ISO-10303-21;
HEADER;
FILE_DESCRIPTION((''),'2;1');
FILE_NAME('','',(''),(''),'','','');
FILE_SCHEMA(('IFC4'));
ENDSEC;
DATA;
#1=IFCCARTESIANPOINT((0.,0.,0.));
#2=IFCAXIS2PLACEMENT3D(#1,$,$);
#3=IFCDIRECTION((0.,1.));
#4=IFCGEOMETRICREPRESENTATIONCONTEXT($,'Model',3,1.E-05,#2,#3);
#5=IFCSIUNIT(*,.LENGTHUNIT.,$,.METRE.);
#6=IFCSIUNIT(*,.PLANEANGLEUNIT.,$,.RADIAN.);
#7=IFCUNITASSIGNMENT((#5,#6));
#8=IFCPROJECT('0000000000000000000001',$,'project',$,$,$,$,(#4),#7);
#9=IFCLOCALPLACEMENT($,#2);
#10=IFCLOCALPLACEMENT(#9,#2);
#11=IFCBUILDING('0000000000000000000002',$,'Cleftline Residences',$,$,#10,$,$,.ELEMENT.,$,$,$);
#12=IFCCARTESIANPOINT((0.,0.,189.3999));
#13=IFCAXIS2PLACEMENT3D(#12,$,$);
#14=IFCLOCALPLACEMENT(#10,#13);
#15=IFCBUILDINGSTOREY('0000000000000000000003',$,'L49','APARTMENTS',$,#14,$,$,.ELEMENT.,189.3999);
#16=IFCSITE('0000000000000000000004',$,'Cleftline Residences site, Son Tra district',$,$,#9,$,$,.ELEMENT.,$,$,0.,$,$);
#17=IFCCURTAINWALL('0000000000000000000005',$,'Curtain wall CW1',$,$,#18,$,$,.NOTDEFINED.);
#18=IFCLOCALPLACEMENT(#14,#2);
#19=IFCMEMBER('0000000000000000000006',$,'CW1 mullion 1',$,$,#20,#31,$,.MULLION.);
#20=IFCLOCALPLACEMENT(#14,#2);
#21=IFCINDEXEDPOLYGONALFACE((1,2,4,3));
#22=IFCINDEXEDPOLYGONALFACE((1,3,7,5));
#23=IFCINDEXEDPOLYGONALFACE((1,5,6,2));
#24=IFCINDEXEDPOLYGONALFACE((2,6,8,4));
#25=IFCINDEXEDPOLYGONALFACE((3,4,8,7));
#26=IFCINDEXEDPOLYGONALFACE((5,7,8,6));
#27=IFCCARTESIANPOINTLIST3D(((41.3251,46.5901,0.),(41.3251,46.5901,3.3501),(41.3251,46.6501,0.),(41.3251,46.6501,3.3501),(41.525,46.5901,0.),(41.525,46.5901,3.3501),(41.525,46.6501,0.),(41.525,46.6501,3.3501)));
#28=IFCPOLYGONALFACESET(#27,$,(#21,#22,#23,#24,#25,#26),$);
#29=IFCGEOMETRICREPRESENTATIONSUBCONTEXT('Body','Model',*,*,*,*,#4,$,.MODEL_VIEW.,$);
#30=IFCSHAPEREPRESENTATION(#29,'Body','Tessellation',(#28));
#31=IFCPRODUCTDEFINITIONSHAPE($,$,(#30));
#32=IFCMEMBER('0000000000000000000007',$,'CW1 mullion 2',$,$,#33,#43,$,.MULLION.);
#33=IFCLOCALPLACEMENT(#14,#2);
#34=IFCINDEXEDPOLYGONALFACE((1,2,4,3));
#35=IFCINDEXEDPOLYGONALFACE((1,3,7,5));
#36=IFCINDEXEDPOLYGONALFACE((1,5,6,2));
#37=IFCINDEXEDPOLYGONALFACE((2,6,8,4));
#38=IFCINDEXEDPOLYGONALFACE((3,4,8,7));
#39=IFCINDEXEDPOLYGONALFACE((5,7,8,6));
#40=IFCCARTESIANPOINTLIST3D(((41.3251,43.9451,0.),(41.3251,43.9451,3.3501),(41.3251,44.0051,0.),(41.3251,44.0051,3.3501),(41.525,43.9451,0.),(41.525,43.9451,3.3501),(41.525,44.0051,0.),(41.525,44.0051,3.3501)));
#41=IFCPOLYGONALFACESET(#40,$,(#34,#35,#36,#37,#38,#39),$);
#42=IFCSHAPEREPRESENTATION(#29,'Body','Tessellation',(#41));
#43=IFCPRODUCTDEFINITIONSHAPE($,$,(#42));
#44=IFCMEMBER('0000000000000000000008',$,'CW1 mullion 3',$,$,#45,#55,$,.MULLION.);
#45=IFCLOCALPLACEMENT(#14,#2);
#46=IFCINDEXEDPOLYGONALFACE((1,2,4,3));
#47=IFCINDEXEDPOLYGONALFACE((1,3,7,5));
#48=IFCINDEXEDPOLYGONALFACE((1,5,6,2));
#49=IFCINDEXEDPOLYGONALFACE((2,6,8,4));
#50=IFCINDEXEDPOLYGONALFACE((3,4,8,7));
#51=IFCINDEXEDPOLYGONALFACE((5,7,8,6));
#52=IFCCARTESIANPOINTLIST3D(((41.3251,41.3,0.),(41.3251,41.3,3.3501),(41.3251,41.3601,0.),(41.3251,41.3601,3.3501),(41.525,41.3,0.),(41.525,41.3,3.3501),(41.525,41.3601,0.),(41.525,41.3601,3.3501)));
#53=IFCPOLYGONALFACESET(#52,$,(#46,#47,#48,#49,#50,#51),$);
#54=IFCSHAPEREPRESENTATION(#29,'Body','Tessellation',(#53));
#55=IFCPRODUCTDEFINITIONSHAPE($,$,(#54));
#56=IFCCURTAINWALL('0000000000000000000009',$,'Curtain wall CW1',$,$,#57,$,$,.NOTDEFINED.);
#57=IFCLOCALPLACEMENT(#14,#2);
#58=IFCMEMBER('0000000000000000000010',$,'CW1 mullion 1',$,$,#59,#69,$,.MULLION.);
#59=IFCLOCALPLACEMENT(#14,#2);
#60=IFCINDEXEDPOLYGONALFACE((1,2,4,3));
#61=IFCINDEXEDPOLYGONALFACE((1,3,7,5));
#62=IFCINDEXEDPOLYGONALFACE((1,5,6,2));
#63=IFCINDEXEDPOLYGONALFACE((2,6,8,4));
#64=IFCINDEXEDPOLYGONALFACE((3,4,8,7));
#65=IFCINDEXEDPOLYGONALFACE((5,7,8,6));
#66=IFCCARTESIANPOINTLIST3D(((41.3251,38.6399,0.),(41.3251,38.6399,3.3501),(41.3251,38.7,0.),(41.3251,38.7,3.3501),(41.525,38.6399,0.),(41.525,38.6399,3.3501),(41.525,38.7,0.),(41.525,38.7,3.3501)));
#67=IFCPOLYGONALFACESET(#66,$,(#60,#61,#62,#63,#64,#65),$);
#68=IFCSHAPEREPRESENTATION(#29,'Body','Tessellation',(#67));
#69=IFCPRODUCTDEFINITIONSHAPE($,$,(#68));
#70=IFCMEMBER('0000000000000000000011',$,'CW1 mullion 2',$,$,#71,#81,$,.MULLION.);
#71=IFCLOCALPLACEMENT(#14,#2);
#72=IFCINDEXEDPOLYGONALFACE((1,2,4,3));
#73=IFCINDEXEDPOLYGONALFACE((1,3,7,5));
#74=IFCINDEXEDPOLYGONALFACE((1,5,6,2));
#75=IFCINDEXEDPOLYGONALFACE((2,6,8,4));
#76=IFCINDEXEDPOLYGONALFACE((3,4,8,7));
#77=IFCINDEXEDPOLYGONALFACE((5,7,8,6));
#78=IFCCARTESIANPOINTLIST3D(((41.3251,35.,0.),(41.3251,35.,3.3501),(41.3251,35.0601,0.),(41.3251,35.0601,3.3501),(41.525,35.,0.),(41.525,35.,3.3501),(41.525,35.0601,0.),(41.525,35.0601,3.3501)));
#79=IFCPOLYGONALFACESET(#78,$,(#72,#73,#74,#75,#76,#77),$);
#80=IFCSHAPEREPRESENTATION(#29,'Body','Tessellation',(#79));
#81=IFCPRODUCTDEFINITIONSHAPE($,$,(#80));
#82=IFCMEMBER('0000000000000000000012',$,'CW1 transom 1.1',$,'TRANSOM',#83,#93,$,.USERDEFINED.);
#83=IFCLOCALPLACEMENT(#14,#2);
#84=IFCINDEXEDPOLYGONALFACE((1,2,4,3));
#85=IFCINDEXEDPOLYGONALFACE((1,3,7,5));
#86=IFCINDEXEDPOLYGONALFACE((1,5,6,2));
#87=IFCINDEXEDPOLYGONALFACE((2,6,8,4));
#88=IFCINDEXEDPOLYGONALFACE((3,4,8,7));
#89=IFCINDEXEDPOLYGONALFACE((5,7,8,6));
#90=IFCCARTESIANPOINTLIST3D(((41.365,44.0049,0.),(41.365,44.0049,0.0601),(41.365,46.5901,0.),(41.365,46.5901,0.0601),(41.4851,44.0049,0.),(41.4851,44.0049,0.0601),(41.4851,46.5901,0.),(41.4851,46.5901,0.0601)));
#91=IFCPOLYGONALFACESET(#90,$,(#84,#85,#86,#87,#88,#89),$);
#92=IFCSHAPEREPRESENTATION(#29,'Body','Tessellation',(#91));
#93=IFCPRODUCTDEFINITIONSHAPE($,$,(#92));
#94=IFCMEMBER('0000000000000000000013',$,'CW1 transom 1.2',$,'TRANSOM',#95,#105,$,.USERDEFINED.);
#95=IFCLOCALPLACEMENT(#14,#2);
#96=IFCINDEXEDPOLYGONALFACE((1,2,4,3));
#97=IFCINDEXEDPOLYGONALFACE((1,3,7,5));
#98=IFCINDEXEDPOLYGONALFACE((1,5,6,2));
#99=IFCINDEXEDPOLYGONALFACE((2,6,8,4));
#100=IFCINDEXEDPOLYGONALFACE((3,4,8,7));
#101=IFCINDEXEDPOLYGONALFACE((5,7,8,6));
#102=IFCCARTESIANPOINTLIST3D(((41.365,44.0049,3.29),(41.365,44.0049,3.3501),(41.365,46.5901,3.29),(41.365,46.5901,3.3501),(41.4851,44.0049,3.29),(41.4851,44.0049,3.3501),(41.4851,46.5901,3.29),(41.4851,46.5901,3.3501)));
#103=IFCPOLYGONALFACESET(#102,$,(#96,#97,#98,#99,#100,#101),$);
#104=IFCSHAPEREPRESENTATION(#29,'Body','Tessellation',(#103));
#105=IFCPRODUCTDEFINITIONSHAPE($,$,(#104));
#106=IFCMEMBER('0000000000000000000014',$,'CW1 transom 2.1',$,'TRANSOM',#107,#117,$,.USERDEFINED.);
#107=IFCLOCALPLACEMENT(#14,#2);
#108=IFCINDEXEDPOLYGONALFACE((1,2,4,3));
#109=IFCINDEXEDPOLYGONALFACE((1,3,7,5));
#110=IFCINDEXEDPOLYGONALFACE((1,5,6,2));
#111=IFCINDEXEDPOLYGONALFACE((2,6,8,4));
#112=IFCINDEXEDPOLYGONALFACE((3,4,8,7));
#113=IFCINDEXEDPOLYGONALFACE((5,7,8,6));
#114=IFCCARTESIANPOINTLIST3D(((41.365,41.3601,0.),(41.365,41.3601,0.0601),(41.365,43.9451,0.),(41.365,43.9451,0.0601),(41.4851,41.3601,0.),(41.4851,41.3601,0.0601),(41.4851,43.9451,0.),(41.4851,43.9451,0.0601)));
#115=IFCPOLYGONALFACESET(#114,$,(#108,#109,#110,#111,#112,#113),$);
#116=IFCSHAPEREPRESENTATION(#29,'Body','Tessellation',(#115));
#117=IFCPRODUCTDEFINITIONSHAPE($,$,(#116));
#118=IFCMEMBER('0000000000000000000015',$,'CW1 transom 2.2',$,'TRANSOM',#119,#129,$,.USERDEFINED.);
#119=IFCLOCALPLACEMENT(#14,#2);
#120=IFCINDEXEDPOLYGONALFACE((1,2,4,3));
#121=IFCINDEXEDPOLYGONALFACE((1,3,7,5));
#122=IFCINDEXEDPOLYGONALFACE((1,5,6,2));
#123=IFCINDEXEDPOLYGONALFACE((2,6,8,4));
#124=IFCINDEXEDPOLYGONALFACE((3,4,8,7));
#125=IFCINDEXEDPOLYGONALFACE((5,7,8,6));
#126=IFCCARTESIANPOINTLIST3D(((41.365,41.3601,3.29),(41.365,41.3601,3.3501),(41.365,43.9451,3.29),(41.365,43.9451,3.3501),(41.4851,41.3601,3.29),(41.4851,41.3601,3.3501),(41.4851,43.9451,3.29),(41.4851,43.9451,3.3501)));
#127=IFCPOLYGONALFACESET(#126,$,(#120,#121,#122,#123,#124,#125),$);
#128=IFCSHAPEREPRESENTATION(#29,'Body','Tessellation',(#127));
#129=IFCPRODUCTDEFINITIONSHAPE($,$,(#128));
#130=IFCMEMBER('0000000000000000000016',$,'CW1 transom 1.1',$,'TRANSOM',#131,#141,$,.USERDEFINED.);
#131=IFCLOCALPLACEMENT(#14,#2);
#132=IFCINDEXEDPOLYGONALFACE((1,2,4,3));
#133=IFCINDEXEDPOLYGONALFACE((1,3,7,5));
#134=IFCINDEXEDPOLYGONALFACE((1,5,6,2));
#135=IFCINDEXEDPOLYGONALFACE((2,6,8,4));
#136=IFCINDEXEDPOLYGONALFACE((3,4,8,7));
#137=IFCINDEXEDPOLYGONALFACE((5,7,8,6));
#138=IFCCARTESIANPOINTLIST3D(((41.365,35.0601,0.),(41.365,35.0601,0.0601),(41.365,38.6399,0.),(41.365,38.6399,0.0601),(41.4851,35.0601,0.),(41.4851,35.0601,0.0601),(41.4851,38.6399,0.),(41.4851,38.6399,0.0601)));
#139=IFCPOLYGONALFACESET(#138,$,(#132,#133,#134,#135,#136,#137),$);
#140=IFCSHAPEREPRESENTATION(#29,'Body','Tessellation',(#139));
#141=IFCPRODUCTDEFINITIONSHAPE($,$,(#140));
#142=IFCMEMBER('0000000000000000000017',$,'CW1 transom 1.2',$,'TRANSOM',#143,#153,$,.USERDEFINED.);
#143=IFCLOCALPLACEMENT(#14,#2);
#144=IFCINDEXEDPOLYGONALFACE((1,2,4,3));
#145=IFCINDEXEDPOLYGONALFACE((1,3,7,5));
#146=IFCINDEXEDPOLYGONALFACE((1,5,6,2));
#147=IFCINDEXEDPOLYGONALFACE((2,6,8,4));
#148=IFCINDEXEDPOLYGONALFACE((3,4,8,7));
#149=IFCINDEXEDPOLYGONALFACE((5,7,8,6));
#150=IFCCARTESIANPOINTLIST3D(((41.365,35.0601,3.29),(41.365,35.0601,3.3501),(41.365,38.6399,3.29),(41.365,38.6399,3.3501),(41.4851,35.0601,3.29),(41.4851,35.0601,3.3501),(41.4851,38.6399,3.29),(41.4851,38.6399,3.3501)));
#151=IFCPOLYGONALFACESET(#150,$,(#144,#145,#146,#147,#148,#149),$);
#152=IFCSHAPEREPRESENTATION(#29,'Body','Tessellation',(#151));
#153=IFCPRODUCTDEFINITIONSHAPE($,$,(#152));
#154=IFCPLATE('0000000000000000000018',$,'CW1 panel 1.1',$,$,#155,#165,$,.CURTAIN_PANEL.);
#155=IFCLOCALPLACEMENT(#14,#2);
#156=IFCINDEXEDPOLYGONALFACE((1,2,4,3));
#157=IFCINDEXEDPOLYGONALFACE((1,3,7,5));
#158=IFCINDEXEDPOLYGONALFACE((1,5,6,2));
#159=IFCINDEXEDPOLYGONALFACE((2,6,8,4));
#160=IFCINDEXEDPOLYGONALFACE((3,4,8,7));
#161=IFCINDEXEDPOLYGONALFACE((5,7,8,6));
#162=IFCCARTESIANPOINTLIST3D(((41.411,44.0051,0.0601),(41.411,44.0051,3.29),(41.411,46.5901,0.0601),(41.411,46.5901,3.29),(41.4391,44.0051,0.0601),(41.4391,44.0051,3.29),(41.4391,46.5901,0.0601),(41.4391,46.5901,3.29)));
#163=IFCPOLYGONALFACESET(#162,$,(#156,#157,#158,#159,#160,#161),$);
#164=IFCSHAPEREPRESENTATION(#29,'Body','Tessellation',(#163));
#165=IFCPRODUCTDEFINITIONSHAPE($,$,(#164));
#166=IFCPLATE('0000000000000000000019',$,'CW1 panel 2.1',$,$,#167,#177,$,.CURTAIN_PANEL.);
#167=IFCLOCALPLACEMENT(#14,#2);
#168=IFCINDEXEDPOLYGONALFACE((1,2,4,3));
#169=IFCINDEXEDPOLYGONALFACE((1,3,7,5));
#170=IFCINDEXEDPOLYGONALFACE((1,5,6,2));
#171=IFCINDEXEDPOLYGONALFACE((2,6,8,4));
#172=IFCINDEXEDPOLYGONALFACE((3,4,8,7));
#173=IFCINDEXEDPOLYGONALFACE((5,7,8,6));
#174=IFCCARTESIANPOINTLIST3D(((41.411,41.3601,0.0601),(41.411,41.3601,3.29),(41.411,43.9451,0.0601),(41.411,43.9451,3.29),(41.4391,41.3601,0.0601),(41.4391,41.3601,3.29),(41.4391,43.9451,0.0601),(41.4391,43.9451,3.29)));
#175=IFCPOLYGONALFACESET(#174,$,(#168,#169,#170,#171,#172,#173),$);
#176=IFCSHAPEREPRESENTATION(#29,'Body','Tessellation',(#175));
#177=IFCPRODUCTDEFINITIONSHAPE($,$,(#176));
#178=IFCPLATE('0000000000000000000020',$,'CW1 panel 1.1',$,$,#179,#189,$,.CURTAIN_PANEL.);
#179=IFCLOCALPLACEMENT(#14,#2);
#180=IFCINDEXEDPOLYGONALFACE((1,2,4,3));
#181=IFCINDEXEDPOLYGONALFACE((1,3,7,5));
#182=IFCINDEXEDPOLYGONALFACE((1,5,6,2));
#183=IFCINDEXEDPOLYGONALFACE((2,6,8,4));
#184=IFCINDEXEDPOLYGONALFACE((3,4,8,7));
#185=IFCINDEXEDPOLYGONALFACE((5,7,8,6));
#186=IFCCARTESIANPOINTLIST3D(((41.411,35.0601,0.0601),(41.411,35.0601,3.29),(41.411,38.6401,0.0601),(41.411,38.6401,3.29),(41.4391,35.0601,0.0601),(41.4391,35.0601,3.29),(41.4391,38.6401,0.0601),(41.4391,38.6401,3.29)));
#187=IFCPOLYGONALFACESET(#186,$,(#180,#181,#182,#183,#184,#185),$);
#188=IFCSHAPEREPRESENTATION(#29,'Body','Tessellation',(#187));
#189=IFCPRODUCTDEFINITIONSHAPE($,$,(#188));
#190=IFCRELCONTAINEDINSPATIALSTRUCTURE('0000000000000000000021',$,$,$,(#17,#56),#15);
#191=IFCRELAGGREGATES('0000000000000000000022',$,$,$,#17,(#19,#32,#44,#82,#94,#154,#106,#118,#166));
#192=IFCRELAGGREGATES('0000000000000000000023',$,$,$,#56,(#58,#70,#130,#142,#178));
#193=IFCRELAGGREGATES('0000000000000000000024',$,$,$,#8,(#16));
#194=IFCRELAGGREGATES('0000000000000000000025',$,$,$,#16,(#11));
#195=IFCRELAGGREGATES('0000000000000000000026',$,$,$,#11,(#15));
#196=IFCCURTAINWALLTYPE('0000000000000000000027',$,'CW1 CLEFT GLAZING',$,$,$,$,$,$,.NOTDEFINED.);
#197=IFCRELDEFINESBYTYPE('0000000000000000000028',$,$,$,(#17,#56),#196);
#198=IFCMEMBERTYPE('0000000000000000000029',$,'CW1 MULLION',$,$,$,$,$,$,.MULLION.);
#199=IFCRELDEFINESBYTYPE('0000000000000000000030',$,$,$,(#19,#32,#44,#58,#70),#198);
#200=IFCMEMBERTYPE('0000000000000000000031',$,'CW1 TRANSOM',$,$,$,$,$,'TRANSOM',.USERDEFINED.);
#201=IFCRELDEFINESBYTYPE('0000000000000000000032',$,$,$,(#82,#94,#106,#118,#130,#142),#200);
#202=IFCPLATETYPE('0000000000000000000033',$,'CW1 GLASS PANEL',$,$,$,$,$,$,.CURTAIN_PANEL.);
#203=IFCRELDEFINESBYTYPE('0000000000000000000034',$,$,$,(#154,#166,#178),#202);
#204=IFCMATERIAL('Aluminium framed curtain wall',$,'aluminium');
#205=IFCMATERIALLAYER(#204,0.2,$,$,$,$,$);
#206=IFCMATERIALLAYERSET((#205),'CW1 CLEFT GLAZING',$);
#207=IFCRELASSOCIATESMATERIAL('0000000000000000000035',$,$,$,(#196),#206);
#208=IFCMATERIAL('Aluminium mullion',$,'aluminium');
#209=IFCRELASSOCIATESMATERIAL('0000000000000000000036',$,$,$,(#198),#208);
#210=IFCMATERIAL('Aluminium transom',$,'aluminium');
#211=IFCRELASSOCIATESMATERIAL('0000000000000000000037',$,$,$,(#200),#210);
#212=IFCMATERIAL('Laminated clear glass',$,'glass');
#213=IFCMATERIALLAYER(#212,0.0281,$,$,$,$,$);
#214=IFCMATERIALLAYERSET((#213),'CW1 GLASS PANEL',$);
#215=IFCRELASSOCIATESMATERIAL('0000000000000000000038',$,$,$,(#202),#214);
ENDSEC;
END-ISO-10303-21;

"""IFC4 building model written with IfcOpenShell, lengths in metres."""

from ifc_helpers import new_model, si_unit, direction, frame, origin, origin_2d, place, context, subcontext, project, spatial, rectangle, extrude, material, layer, layer_set, material_profile, profile_set, type_object, element, aggregate, save


model = new_model("IFC4")

# Units and contexts
model_context = context("Model", 3, precision=1e-05, world=origin(), true_north=direction((0.0, 1.0)))
body_context = subcontext(model_context, "Body", "Model", "MODEL_VIEW")
ifc_project = project(units=[si_unit("LENGTHUNIT", "METRE"), si_unit("PLANEANGLEUNIT", "RADIAN")], contexts=[model_context])

# Site, building, storey
site_placement = place(None, origin())
site = spatial("IfcSite", under=ifc_project, at=site_placement, Name="Cleftline Residences site, Son Tra district", CompositionType="ELEMENT", RefElevation=0.0)
building_placement = place(site_placement, origin())
building = spatial("IfcBuilding", under=site, at=building_placement, Name="Cleftline Residences", CompositionType="ELEMENT")
storey_placement = place(building_placement, frame((0.0, 0.0, 189.3999)))
storey = spatial("IfcBuildingStorey", under=building, at=storey_placement, Name="L49", Description="APARTMENTS", CompositionType="ELEMENT", Elevation=189.3999)

# Curtain walls, members
ifc_material_1 = material(Name="Aluminium framed curtain wall", Category="aluminium")
ifc_layer_1 = layer(ifc_material_1, 0.2)
ifc_layer_set_1 = layer_set([ifc_layer_1], Name="CW1 CLEFT GLAZING")
curtain_wall_type = type_object("IfcCurtainWallType", Name="CW1 CLEFT GLAZING", PredefinedType="NOTDEFINED", material=ifc_layer_set_1)
curtain_wall_1_placement = place(storey_placement, origin())
curtain_wall_1 = element("IfcCurtainWall", 1, at=curtain_wall_1_placement, inside=storey, type_object=curtain_wall_type, Name="Curtain wall CW1", PredefinedType="NOTDEFINED")
ifc_material_2 = material(Name="Aluminium mullion", Category="aluminium")
ifc_material_profile_1 = material_profile(ifc_material_2, rectangle(XDim=0.2, YDim=0.0601, at=origin_2d()))
ifc_profile_set_1 = profile_set([ifc_material_profile_1], Name="Aluminium mullion")
member_type_1 = type_object("IfcMemberType", Name="CW1 MULLION", PredefinedType="MULLION", material=ifc_profile_set_1)
member_1_placement = place(storey_placement, frame((41.425, 46.6201, 0.0), z_axis=(0.0, 0.0, 1.0), x_axis=(1.0, 0.0, 0.0)))
member_1 = element("IfcMember", 2, at=member_1_placement, type_object=member_type_1, Name="CW1 mullion 1", PredefinedType="MULLION", context=body_context, shape_type="SweptSolid", body=[
    extrude(rectangle(XDim=0.2, YDim=0.0601, at=origin_2d()), origin(), (0.0, 0.0, 1.0), 3.3501),
])
member_2_placement = place(storey_placement, frame((41.425, 43.9751, 0.0), z_axis=(0.0, 0.0, 1.0), x_axis=(1.0, 0.0, 0.0)))
member_2 = element("IfcMember", 3, at=member_2_placement, type_object=member_type_1, Name="CW1 mullion 2", PredefinedType="MULLION", context=body_context, shape_type="SweptSolid", body=[
    extrude(rectangle(XDim=0.2, YDim=0.0601, at=origin_2d()), origin(), (0.0, 0.0, 1.0), 3.3501),
])
member_3_placement = place(storey_placement, frame((41.425, 41.3301, 0.0), z_axis=(0.0, 0.0, 1.0), x_axis=(1.0, 0.0, 0.0)))
member_3 = element("IfcMember", 4, at=member_3_placement, type_object=member_type_1, Name="CW1 mullion 3", PredefinedType="MULLION", context=body_context, shape_type="SweptSolid", body=[
    extrude(rectangle(XDim=0.2, YDim=0.0601, at=origin_2d()), origin(), (0.0, 0.0, 1.0), 3.3501),
])
curtain_wall_2_placement = place(storey_placement, origin())
curtain_wall_2 = element("IfcCurtainWall", 5, at=curtain_wall_2_placement, inside=storey, type_object=curtain_wall_type, Name="Curtain wall CW1", PredefinedType="NOTDEFINED")
member_4_placement = place(storey_placement, frame((41.425, 38.6699, 0.0), z_axis=(0.0, 0.0, 1.0), x_axis=(1.0, 0.0, 0.0)))
member_4 = element("IfcMember", 6, at=member_4_placement, type_object=member_type_1, Name="CW1 mullion 1", PredefinedType="MULLION", context=body_context, shape_type="SweptSolid", body=[
    extrude(rectangle(XDim=0.2, YDim=0.0601, at=origin_2d()), origin(), (0.0, 0.0, 1.0), 3.3501),
])
member_5_placement = place(storey_placement, frame((41.425, 35.03, 0.0), z_axis=(0.0, 0.0, 1.0), x_axis=(1.0, 0.0, 0.0)))
member_5 = element("IfcMember", 7, at=member_5_placement, type_object=member_type_1, Name="CW1 mullion 2", PredefinedType="MULLION", context=body_context, shape_type="SweptSolid", body=[
    extrude(rectangle(XDim=0.2, YDim=0.0601, at=origin_2d()), origin(), (0.0, 0.0, 1.0), 3.3501),
])

# Members
ifc_material_3 = material(Name="Aluminium transom", Category="aluminium")
ifc_material_profile_2 = material_profile(ifc_material_3, rectangle(XDim=0.1201, YDim=0.0601, at=origin_2d()))
ifc_profile_set_2 = profile_set([ifc_material_profile_2], Name="Aluminium transom")
member_type_2 = type_object("IfcMemberType", Name="CW1 TRANSOM", ElementType="TRANSOM", PredefinedType="USERDEFINED", material=ifc_profile_set_2)
member_6_placement = place(storey_placement, frame((41.425, 46.5901, 0.03), z_axis=(0.0, -1.0, 0.0), x_axis=(1.0, 0.0, 0.0)))
member_6 = element("IfcMember", 8, at=member_6_placement, type_object=member_type_2, Name="CW1 transom 1.1", ObjectType="TRANSOM", PredefinedType="USERDEFINED", context=body_context, shape_type="SweptSolid", body=[
    extrude(rectangle(XDim=0.1201, YDim=0.0601, at=origin_2d()), origin(), (0.0, 0.0, 1.0), 2.5852),
])
member_7_placement = place(storey_placement, frame((41.425, 46.5901, 3.3201), z_axis=(0.0, -1.0, 0.0), x_axis=(1.0, 0.0, 0.0)))
member_7 = element("IfcMember", 9, at=member_7_placement, type_object=member_type_2, Name="CW1 transom 1.2", ObjectType="TRANSOM", PredefinedType="USERDEFINED", context=body_context, shape_type="SweptSolid", body=[
    extrude(rectangle(XDim=0.1201, YDim=0.0601, at=origin_2d()), origin(), (0.0, 0.0, 1.0), 2.5852),
])
member_8_placement = place(storey_placement, frame((41.425, 43.9451, 0.03), z_axis=(0.0, -1.0, 0.0), x_axis=(1.0, 0.0, 0.0)))
member_8 = element("IfcMember", 10, at=member_8_placement, type_object=member_type_2, Name="CW1 transom 2.1", ObjectType="TRANSOM", PredefinedType="USERDEFINED", context=body_context, shape_type="SweptSolid", body=[
    extrude(rectangle(XDim=0.1201, YDim=0.0601, at=origin_2d()), origin(), (0.0, 0.0, 1.0), 2.585),
])
member_9_placement = place(storey_placement, frame((41.425, 43.9451, 3.3201), z_axis=(0.0, -1.0, 0.0), x_axis=(1.0, 0.0, 0.0)))
member_9 = element("IfcMember", 11, at=member_9_placement, type_object=member_type_2, Name="CW1 transom 2.2", ObjectType="TRANSOM", PredefinedType="USERDEFINED", context=body_context, shape_type="SweptSolid", body=[
    extrude(rectangle(XDim=0.1201, YDim=0.0601, at=origin_2d()), origin(), (0.0, 0.0, 1.0), 2.585),
])
member_10_placement = place(storey_placement, frame((41.425, 38.6399, 0.03), z_axis=(0.0, -1.0, 0.0), x_axis=(1.0, 0.0, 0.0)))
member_10 = element("IfcMember", 12, at=member_10_placement, type_object=member_type_2, Name="CW1 transom 1.1", ObjectType="TRANSOM", PredefinedType="USERDEFINED", context=body_context, shape_type="SweptSolid", body=[
    extrude(rectangle(XDim=0.1201, YDim=0.0601, at=origin_2d()), origin(), (0.0, 0.0, 1.0), 3.5798),
])
member_11_placement = place(storey_placement, frame((41.425, 38.6399, 3.3201), z_axis=(0.0, -1.0, 0.0), x_axis=(1.0, 0.0, 0.0)))
member_11 = element("IfcMember", 13, at=member_11_placement, type_object=member_type_2, Name="CW1 transom 1.2", ObjectType="TRANSOM", PredefinedType="USERDEFINED", context=body_context, shape_type="SweptSolid", body=[
    extrude(rectangle(XDim=0.1201, YDim=0.0601, at=origin_2d()), origin(), (0.0, 0.0, 1.0), 3.5798),
])

# Plates
ifc_material_4 = material(Name="Laminated clear glass", Category="glass")
ifc_layer_2 = layer(ifc_material_4, 0.0281)
ifc_layer_set_2 = layer_set([ifc_layer_2], Name="CW1 GLASS PANEL")
plate_type = type_object("IfcPlateType", Name="CW1 GLASS PANEL", PredefinedType="CURTAIN_PANEL", material=ifc_layer_set_2)
plate_1_placement = place(storey_placement, frame((41.425, 45.2976, 0.0601), z_axis=(0.0, 0.0, 1.0), x_axis=(0.0, -1.0, 0.0)))
plate_1 = element("IfcPlate", 14, at=plate_1_placement, type_object=plate_type, Name="CW1 panel 1.1", PredefinedType="CURTAIN_PANEL", context=body_context, shape_type="SweptSolid", body=[
    extrude(rectangle(XDim=2.585, YDim=0.0281, at=origin_2d()), origin(), (0.0, 0.0, 1.0), 3.23),
])
plate_2_placement = place(storey_placement, frame((41.425, 42.6526, 0.0601), z_axis=(0.0, 0.0, 1.0), x_axis=(0.0, -1.0, 0.0)))
plate_2 = element("IfcPlate", 15, at=plate_2_placement, type_object=plate_type, Name="CW1 panel 2.1", PredefinedType="CURTAIN_PANEL", context=body_context, shape_type="SweptSolid", body=[
    extrude(rectangle(XDim=2.585, YDim=0.0281, at=origin_2d()), origin(), (0.0, 0.0, 1.0), 3.23),
])
aggregate(curtain_wall_1, [member_1, member_2, member_3, member_6, member_7, plate_1, member_8, member_9, plate_2])
plate_3_placement = place(storey_placement, frame((41.425, 36.8501, 0.0601), z_axis=(0.0, 0.0, 1.0), x_axis=(0.0, -1.0, 0.0)))
plate_3 = element("IfcPlate", 16, at=plate_3_placement, type_object=plate_type, Name="CW1 panel 1.1", PredefinedType="CURTAIN_PANEL", context=body_context, shape_type="SweptSolid", body=[
    extrude(rectangle(XDim=3.5801, YDim=0.0281, at=origin_2d()), origin(), (0.0, 0.0, 1.0), 3.23),
])
aggregate(curtain_wall_2, [member_4, member_5, member_10, member_11, plate_3])

save(model, "model.ifc")
